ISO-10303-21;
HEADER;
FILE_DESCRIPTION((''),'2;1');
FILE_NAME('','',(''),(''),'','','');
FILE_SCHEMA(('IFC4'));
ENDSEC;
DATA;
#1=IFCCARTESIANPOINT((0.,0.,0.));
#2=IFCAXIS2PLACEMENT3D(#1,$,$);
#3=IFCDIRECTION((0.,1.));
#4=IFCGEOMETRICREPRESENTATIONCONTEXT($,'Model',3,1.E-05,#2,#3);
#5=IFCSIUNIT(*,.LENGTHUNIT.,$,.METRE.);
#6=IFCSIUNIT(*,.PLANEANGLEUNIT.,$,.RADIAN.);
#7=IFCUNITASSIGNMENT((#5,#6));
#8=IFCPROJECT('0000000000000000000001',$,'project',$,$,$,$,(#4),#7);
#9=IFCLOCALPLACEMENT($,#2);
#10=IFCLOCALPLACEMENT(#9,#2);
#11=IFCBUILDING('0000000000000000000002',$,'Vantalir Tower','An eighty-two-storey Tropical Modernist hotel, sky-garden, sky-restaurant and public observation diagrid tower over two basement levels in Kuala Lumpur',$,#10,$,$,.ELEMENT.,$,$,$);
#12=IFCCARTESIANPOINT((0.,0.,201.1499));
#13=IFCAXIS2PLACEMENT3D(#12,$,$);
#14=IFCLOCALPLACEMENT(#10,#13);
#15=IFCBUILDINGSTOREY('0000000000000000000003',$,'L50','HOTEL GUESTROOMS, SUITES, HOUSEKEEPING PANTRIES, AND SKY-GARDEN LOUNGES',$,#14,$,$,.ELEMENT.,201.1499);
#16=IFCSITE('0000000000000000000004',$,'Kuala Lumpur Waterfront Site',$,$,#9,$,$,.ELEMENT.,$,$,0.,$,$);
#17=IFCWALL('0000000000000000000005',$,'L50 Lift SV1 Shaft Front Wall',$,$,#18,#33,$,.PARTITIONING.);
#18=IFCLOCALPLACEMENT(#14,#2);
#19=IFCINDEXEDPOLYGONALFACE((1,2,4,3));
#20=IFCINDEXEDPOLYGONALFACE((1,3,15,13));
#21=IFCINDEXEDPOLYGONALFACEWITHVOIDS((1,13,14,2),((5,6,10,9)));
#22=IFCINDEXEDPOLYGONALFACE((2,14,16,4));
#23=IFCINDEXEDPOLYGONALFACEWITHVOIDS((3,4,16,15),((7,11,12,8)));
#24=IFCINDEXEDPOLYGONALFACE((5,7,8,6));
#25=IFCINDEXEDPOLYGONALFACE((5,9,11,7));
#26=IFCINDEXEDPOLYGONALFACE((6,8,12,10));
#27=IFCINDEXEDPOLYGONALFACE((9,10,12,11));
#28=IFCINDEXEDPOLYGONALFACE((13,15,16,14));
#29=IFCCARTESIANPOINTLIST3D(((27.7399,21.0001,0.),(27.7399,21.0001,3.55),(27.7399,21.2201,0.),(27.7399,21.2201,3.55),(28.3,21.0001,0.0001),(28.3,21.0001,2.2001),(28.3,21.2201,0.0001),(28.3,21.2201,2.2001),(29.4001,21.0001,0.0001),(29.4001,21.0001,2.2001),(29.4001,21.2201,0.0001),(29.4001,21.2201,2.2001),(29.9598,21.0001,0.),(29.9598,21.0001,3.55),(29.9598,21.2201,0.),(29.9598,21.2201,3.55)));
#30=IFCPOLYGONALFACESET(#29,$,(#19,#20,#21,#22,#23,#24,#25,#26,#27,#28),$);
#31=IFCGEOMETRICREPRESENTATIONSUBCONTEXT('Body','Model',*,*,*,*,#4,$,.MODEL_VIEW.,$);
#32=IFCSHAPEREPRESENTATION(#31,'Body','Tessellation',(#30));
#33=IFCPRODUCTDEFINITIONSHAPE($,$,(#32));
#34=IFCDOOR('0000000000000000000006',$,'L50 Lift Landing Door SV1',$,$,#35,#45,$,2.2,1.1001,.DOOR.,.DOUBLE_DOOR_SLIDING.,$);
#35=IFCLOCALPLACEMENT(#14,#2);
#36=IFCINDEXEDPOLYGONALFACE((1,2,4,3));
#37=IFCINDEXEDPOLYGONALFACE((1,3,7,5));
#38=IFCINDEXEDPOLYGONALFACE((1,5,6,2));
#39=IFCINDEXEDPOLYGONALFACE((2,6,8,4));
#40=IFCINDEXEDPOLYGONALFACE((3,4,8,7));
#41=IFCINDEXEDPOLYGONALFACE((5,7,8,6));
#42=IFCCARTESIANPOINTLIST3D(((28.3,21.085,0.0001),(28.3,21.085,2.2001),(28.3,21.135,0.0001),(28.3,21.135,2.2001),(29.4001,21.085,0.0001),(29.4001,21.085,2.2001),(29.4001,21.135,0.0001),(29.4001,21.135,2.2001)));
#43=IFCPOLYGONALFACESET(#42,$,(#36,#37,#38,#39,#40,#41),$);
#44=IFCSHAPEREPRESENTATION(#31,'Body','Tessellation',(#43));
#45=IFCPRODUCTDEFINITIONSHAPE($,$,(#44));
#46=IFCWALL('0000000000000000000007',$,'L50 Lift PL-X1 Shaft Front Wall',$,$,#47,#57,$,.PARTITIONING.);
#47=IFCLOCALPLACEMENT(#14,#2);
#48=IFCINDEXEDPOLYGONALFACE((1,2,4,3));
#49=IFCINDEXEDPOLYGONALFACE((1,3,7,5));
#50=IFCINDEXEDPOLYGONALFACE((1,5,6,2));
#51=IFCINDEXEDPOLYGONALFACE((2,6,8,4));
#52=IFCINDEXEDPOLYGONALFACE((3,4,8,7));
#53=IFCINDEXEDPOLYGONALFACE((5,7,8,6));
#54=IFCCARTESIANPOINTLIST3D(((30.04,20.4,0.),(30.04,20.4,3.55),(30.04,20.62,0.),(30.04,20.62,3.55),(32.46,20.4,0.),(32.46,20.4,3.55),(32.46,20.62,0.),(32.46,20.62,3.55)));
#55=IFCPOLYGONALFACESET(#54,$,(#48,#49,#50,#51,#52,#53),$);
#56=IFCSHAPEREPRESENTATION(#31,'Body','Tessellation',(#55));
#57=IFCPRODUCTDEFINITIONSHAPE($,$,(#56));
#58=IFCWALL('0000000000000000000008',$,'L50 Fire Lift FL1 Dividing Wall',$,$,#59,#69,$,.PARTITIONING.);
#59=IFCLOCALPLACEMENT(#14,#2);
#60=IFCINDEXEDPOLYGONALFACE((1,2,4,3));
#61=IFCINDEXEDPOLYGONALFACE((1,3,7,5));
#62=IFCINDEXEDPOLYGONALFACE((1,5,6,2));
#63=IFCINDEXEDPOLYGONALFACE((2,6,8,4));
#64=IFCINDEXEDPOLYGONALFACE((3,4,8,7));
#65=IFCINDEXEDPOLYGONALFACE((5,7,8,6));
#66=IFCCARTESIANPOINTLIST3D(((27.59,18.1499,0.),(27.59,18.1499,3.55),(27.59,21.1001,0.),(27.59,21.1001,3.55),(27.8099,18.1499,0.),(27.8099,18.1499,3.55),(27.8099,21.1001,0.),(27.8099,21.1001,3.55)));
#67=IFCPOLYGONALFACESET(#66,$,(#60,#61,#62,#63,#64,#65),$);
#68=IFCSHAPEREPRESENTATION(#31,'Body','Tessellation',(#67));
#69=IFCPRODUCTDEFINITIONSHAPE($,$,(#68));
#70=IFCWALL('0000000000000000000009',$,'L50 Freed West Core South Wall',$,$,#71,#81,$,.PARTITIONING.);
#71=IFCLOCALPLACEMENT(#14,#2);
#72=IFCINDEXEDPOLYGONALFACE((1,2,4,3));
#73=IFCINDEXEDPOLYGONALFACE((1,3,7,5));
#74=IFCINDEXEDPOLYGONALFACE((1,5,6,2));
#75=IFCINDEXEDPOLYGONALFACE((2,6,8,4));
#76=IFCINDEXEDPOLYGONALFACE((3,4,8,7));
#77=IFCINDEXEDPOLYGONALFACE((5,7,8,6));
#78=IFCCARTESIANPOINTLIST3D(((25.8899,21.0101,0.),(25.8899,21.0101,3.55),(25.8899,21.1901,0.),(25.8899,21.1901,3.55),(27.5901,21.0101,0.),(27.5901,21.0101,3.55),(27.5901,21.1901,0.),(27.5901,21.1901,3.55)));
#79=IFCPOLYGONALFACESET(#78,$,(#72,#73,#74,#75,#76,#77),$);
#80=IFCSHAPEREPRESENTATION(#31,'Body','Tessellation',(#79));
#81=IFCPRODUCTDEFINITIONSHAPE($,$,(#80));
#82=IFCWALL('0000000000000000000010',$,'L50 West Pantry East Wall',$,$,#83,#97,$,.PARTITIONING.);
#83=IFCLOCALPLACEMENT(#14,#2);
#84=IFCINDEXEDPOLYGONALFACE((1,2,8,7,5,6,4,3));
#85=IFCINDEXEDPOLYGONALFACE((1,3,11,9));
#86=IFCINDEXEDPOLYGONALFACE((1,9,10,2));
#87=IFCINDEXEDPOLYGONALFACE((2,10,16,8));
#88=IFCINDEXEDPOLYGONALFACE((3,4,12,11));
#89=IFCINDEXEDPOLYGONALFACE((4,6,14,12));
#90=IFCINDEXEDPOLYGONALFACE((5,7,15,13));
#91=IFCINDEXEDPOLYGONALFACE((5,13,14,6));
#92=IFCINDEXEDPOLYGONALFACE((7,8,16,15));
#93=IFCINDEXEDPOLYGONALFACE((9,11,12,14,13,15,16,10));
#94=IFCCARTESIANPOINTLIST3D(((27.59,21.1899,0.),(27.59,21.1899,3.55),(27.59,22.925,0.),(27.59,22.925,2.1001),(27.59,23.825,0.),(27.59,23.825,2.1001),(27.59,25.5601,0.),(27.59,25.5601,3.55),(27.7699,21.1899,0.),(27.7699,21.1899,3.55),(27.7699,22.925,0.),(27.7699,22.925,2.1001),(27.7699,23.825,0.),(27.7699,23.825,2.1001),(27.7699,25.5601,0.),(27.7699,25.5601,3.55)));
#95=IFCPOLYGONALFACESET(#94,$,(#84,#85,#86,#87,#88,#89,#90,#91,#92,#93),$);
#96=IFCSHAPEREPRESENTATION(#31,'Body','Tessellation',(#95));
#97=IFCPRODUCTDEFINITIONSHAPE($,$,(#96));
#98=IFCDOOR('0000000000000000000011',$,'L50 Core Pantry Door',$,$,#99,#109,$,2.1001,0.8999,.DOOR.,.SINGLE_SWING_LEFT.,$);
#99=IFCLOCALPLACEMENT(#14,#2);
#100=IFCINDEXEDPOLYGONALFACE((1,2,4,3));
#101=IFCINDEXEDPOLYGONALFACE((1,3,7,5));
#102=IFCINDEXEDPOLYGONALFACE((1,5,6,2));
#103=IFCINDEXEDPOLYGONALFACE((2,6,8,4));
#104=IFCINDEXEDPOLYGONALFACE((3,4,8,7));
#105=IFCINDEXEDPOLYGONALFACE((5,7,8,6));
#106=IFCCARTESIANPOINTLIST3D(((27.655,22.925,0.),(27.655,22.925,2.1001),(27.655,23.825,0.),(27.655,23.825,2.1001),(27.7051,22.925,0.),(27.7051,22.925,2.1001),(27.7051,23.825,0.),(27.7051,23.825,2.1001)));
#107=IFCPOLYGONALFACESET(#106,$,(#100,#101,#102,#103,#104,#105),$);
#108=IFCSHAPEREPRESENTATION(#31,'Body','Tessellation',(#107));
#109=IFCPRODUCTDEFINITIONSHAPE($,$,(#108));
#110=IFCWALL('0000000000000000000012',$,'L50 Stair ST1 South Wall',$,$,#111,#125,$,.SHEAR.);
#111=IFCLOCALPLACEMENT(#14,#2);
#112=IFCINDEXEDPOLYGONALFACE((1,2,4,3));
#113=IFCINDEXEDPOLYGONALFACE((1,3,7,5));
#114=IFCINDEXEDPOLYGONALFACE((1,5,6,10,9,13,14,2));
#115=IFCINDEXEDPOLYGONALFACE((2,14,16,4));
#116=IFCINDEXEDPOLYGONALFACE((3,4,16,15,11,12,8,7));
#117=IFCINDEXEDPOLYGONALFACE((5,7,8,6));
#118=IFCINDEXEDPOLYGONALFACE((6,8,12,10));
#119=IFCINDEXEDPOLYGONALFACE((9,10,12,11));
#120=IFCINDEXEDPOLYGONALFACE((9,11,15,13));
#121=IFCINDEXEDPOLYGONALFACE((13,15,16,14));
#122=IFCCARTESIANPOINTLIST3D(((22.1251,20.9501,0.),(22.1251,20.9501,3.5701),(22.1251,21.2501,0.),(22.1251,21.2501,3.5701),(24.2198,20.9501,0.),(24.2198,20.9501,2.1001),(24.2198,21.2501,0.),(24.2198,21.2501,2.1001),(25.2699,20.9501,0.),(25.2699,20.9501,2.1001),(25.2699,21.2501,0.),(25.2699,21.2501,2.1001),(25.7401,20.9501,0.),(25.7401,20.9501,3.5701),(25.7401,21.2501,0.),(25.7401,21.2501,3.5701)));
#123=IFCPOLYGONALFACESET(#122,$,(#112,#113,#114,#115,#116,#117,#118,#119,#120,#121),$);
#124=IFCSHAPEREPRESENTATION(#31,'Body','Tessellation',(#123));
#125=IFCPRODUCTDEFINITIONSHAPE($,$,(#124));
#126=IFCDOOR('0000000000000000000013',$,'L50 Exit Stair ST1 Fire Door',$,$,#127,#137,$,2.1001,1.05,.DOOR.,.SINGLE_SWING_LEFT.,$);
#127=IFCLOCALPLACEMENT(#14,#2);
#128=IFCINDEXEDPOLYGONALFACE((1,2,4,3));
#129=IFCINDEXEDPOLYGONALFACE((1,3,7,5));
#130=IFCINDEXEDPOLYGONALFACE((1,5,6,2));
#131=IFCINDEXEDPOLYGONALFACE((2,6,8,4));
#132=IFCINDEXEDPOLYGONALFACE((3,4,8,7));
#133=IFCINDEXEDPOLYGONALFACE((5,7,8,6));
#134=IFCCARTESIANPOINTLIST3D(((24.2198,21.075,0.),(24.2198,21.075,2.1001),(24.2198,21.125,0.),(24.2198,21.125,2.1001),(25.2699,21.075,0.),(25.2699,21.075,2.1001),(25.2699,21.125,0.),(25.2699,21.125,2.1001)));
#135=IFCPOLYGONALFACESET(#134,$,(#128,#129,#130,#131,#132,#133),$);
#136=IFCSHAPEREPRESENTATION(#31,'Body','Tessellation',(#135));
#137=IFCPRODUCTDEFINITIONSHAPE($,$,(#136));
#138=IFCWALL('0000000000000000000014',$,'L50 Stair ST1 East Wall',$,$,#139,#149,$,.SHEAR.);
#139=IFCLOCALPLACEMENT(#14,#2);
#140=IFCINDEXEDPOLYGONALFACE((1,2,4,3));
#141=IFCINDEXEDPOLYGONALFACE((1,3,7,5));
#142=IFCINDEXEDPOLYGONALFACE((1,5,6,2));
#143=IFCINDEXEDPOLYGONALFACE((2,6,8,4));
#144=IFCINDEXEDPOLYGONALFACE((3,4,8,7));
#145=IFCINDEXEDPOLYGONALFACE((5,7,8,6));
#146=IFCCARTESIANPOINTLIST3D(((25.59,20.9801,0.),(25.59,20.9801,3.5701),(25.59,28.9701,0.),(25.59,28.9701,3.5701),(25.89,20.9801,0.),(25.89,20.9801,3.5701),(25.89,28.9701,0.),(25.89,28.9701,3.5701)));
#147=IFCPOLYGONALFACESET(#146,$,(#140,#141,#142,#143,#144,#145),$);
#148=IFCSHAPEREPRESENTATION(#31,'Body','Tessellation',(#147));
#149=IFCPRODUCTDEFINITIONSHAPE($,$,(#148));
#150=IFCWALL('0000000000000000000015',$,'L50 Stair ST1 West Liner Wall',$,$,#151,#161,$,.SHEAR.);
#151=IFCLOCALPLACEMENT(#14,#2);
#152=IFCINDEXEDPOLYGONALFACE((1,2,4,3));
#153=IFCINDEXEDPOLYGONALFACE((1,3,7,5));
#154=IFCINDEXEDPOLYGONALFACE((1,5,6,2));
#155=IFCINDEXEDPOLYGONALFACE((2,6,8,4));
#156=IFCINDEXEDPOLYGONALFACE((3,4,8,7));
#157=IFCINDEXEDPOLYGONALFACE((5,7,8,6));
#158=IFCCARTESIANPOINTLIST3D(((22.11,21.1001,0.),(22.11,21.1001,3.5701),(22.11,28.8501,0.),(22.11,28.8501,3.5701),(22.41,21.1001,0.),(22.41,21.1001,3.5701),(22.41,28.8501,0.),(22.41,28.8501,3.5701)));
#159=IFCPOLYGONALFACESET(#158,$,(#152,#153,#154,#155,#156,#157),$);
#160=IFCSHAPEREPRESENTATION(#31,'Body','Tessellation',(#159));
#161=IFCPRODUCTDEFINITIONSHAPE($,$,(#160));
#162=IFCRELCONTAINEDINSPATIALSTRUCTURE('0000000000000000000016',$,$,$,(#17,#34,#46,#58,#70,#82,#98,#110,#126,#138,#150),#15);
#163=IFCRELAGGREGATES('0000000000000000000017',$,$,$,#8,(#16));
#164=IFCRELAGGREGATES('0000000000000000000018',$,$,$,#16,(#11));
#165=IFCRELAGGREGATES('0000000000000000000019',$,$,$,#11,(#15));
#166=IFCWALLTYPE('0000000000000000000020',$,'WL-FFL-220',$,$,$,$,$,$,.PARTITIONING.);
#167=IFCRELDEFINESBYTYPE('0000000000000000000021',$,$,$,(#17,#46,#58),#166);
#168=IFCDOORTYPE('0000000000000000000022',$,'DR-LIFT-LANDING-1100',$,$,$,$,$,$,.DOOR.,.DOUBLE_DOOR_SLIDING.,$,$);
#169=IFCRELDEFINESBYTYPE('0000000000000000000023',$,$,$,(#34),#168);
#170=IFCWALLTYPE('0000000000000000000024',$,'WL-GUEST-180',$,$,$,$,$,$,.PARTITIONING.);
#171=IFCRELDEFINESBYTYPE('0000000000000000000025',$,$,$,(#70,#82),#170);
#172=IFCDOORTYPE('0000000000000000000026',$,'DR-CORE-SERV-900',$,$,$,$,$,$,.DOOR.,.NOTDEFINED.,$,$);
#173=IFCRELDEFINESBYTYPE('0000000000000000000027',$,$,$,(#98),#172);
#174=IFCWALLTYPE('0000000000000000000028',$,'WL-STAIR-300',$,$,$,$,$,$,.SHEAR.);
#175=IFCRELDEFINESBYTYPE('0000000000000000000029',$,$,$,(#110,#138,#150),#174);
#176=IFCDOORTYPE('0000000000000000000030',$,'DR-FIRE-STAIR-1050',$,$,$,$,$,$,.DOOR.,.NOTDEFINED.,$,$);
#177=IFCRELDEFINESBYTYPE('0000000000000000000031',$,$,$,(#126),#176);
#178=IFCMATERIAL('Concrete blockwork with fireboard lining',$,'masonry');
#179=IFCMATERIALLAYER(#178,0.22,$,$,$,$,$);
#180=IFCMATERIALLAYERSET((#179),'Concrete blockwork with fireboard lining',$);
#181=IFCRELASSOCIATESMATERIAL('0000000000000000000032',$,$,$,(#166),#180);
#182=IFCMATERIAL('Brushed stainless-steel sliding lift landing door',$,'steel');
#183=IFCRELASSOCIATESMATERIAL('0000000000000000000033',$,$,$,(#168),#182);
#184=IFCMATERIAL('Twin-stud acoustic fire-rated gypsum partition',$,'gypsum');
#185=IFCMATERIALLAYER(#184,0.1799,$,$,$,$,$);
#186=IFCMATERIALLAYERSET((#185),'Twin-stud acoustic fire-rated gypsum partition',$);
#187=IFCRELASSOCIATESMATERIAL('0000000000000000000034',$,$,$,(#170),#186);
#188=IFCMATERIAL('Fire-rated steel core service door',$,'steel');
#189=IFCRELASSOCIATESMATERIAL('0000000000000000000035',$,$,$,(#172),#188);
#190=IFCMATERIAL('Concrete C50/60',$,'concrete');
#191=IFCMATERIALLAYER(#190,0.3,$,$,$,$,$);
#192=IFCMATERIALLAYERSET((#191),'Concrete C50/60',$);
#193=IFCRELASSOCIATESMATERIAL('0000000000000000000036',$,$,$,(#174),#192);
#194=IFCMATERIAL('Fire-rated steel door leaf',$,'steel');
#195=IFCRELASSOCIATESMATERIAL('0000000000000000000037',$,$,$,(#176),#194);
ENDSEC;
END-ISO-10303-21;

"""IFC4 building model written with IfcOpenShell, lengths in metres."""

from ifc_helpers import new_model, si_unit, direction, frame, frame_2d, origin, place, context, subcontext, project, spatial, rectangle, extrude, material, layer, layer_set, type_object, element, fill, save


model = new_model("IFC4")

# Units and contexts
model_context = context("Model", 3, precision=1e-05, world=origin(), true_north=direction((0.0, 1.0)))
body_context = subcontext(model_context, "Body", "Model", "MODEL_VIEW")
ifc_project = project(units=[si_unit("LENGTHUNIT", "METRE"), si_unit("PLANEANGLEUNIT", "RADIAN")], contexts=[model_context])

# Site, building, storey
site_placement = place(None, origin())
site = spatial("IfcSite", under=ifc_project, at=site_placement, Name="Kuala Lumpur Waterfront Site", CompositionType="ELEMENT", RefElevation=0.0)
building_placement = place(site_placement, origin())
building = spatial("IfcBuilding", under=site, at=building_placement, Name="Vantalir Tower", Description="An eighty-two-storey Tropical Modernist hotel, sky-garden, sky-restaurant and public observation diagrid tower over two basement levels in Kuala Lumpur", CompositionType="ELEMENT")
storey_placement = place(building_placement, frame((0.0, 0.0, 201.1499)))
storey = spatial("IfcBuildingStorey", under=building, at=storey_placement, Name="L50", Description="HOTEL GUESTROOMS, SUITES, HOUSEKEEPING PANTRIES, AND SKY-GARDEN LOUNGES", CompositionType="ELEMENT", Elevation=201.1499)

# Shared definitions
ifc_material_1 = material(Name="Concrete C50/60", Category="concrete")

# Shared definitions
ifc_material_2 = material(Name="Concrete blockwork with fireboard lining", Category="masonry")
ifc_layer_1 = layer(ifc_material_2, 0.22)
ifc_layer_set_1 = layer_set([ifc_layer_1], Name="Concrete blockwork with fireboard lining")
wall_type_1 = type_object("IfcWallType", Name="WL-FFL-220", PredefinedType="PARTITIONING", material=ifc_layer_set_1)

# Wall, opening, door
ifc_material_3 = material(Name="Brushed stainless-steel sliding lift landing door", Category="steel")
door_type_1 = type_object("IfcDoorType", Name="DR-LIFT-LANDING-1100", OperationType="DOUBLE_DOOR_SLIDING", PredefinedType="DOOR", material=ifc_material_3)
wall_1_placement = place(storey_placement, frame((27.74, 21.1101, 0.0), z_axis=(0.0, 0.0, 1.0), x_axis=(1.0, 0.0, 0.0)))
wall_1 = element("IfcWall", 1, at=wall_1_placement, inside=storey, type_object=wall_type_1, Name="L50 Lift SV1 Shaft Front Wall", PredefinedType="PARTITIONING", context=body_context, shape_type="SweptSolid", body=[
    extrude(rectangle(XDim=2.22, YDim=0.22, at=frame_2d((1.1099, 0.0))), origin(), (0.0, 0.0, 1.0), 3.55),
])
opening_1_placement = place(wall_1_placement, frame((0.5601, 0.0, 0.0)))
opening_1 = element("IfcOpeningElement", 2, at=opening_1_placement, cuts=wall_1, PredefinedType="OPENING", context=body_context, shape_type="SweptSolid", body=[
    extrude(rectangle(XDim=1.1001, YDim=2.2, at=frame_2d((0.55, 1.1001))), frame((0.0, 0.1199, 0.0), z_axis=(0.0, -1.0, 0.0), x_axis=(1.0, 0.0, 0.0)), (0.0, 0.0, 1.0), 0.24),
])
door_1_placement = place(opening_1_placement, origin())
door_1 = element("IfcDoor", 3, at=door_1_placement, inside=storey, type_object=door_type_1, Name="L50 Lift Landing Door SV1", OperationType="DOUBLE_DOOR_SLIDING", OverallHeight=2.2, OverallWidth=1.1001, PredefinedType="DOOR", context=body_context, shape_type="SweptSolid", body=[
    extrude(rectangle(XDim=1.1001, YDim=2.2, at=frame_2d((0.55, 1.1001))), frame((0.0, 0.0249, 0.0), z_axis=(0.0, -1.0, 0.0), x_axis=(1.0, 0.0, 0.0)), (0.0, 0.0, 1.0), 0.05),
])
fill(opening_1, door_1)

# Walls
wall_2_placement = place(storey_placement, frame((30.04, 20.51, 0.0), z_axis=(0.0, 0.0, 1.0), x_axis=(1.0, 0.0, 0.0)))
element("IfcWall", 4, at=wall_2_placement, inside=storey, type_object=wall_type_1, Name="L50 Lift PL-X1 Shaft Front Wall", PredefinedType="PARTITIONING", context=body_context, shape_type="SweptSolid", body=[
    extrude(rectangle(XDim=2.4199, YDim=0.22, at=frame_2d((1.21, 0.0))), origin(), (0.0, 0.0, 1.0), 3.55),
])
wall_3_placement = place(storey_placement, frame((27.7, 18.1499, 0.0), z_axis=(0.0, 0.0, 1.0), x_axis=(0.0, 1.0, 0.0)))
element("IfcWall", 5, at=wall_3_placement, inside=storey, type_object=wall_type_1, Name="L50 Fire Lift FL1 Dividing Wall", PredefinedType="PARTITIONING", context=body_context, shape_type="SweptSolid", body=[
    extrude(rectangle(XDim=2.9502, YDim=0.22, at=frame_2d((1.4751, 0.0))), origin(), (0.0, 0.0, 1.0), 3.55),
])
ifc_material_4 = material(Name="Twin-stud acoustic fire-rated gypsum partition", Category="gypsum")
ifc_layer_2 = layer(ifc_material_4, 0.1799)
ifc_layer_set_2 = layer_set([ifc_layer_2], Name="Twin-stud acoustic fire-rated gypsum partition")
wall_type_2 = type_object("IfcWallType", Name="WL-GUEST-180", PredefinedType="PARTITIONING", material=ifc_layer_set_2)
wall_4_placement = place(storey_placement, frame((25.8899, 21.1001, 0.0), z_axis=(0.0, 0.0, 1.0), x_axis=(1.0, 0.0, 0.0)))
element("IfcWall", 6, at=wall_4_placement, inside=storey, type_object=wall_type_2, Name="L50 Freed West Core South Wall", PredefinedType="PARTITIONING", context=body_context, shape_type="SweptSolid", body=[
    extrude(rectangle(XDim=1.7002, YDim=0.1799, at=frame_2d((0.8501, 0.0))), origin(), (0.0, 0.0, 1.0), 3.55),
])

# Walls, openings, doors
wall_5_placement = place(storey_placement, frame((27.6799, 21.1899, 0.0), z_axis=(0.0, 0.0, 1.0), x_axis=(0.0, 1.0, 0.0)))
wall_5 = element("IfcWall", 7, at=wall_5_placement, inside=storey, type_object=wall_type_2, Name="L50 West Pantry East Wall", PredefinedType="PARTITIONING", context=body_context, shape_type="SweptSolid", body=[
    extrude(rectangle(XDim=4.3701, YDim=0.1799, at=frame_2d((2.1851, 0.0))), origin(), (0.0, 0.0, 1.0), 3.55),
])
opening_2_placement = place(wall_5_placement, frame((1.7351, 0.0, 0.0)))
opening_2 = element("IfcOpeningElement", 8, at=opening_2_placement, cuts=wall_5, PredefinedType="OPENING", context=body_context, shape_type="SweptSolid", body=[
    extrude(rectangle(XDim=0.8999, YDim=2.1001, at=frame_2d((0.45, 1.05))), frame((0.0, 0.0999, 0.0), z_axis=(0.0, -1.0, 0.0), x_axis=(1.0, 0.0, 0.0)), (0.0, 0.0, 1.0), 0.2),
])
ifc_material_5 = material(Name="Fire-rated steel core service door", Category="steel")
door_type_2 = type_object("IfcDoorType", Name="DR-CORE-SERV-900", OperationType="NOTDEFINED", PredefinedType="DOOR", material=ifc_material_5)
door_2_placement = place(opening_2_placement, origin())
door_2 = element("IfcDoor", 9, at=door_2_placement, inside=storey, type_object=door_type_2, Name="L50 Core Pantry Door", OperationType="SINGLE_SWING_LEFT", OverallHeight=2.1001, OverallWidth=0.8999, PredefinedType="DOOR", context=body_context, shape_type="SweptSolid", body=[
    extrude(rectangle(XDim=0.8999, YDim=2.1001, at=frame_2d((0.45, 1.05))), frame((0.0, 0.0249, 0.0), z_axis=(0.0, -1.0, 0.0), x_axis=(1.0, 0.0, 0.0)), (0.0, 0.0, 1.0), 0.05),
])
fill(opening_2, door_2)
ifc_layer_3 = layer(ifc_material_1, 0.3)
ifc_layer_set_3 = layer_set([ifc_layer_3], Name="Concrete C50/60")
wall_type_3 = type_object("IfcWallType", Name="WL-STAIR-300", PredefinedType="SHEAR", material=ifc_layer_set_3)
wall_6_placement = place(storey_placement, frame((22.125, 21.1001, 0.0), z_axis=(0.0, 0.0, 1.0), x_axis=(1.0, 0.0, 0.0)))
wall_6 = element("IfcWall", 10, at=wall_6_placement, inside=storey, type_object=wall_type_3, Name="L50 Stair ST1 South Wall", PredefinedType="SHEAR", context=body_context, shape_type="SweptSolid", body=[
    extrude(rectangle(XDim=3.615, YDim=0.3, at=frame_2d((1.8076, 0.0))), origin(), (0.0, 0.0, 1.0), 3.5701),
])
opening_3_placement = place(wall_6_placement, frame((2.095, 0.0, 0.0)))
opening_3 = element("IfcOpeningElement", 11, at=opening_3_placement, cuts=wall_6, PredefinedType="OPENING", context=body_context, shape_type="SweptSolid", body=[
    extrude(rectangle(XDim=1.05, YDim=2.1001, at=frame_2d((0.5249, 1.05))), frame((0.0, 0.1599, 0.0), z_axis=(0.0, -1.0, 0.0), x_axis=(1.0, 0.0, 0.0)), (0.0, 0.0, 1.0), 0.3201),
])
ifc_material_6 = material(Name="Fire-rated steel door leaf", Category="steel")
door_type_3 = type_object("IfcDoorType", Name="DR-FIRE-STAIR-1050", OperationType="NOTDEFINED", PredefinedType="DOOR", material=ifc_material_6)
door_3_placement = place(opening_3_placement, origin())
door_3 = element("IfcDoor", 12, at=door_3_placement, inside=storey, type_object=door_type_3, Name="L50 Exit Stair ST1 Fire Door", OperationType="SINGLE_SWING_LEFT", OverallHeight=2.1001, OverallWidth=1.05, PredefinedType="DOOR", context=body_context, shape_type="SweptSolid", body=[
    extrude(rectangle(XDim=1.05, YDim=2.1001, at=frame_2d((0.5249, 1.05))), frame((0.0, 0.0249, 0.0), z_axis=(0.0, -1.0, 0.0), x_axis=(1.0, 0.0, 0.0)), (0.0, 0.0, 1.0), 0.05),
])
fill(opening_3, door_3)

# Walls
wall_7_placement = place(storey_placement, frame((25.74, 20.98, 0.0), z_axis=(0.0, 0.0, 1.0), x_axis=(0.0, 1.0, 0.0)))
element("IfcWall", 13, at=wall_7_placement, inside=storey, type_object=wall_type_3, Name="L50 Stair ST1 East Wall", PredefinedType="SHEAR", context=body_context, shape_type="SweptSolid", body=[
    extrude(rectangle(XDim=7.99, YDim=0.3, at=frame_2d((3.9951, 0.0))), origin(), (0.0, 0.0, 1.0), 3.5701),
])
wall_8_placement = place(storey_placement, frame((22.26, 21.1001, 0.0), z_axis=(0.0, 0.0, 1.0), x_axis=(0.0, 1.0, 0.0)))
element("IfcWall", 14, at=wall_8_placement, inside=storey, type_object=wall_type_3, Name="L50 Stair ST1 West Liner Wall", PredefinedType="SHEAR", context=body_context, shape_type="SweptSolid", body=[
    extrude(rectangle(XDim=7.75, YDim=0.3, at=frame_2d((3.875, 0.0))), origin(), (0.0, 0.0, 1.0), 3.5701),
])

save(model, "model.ifc")
